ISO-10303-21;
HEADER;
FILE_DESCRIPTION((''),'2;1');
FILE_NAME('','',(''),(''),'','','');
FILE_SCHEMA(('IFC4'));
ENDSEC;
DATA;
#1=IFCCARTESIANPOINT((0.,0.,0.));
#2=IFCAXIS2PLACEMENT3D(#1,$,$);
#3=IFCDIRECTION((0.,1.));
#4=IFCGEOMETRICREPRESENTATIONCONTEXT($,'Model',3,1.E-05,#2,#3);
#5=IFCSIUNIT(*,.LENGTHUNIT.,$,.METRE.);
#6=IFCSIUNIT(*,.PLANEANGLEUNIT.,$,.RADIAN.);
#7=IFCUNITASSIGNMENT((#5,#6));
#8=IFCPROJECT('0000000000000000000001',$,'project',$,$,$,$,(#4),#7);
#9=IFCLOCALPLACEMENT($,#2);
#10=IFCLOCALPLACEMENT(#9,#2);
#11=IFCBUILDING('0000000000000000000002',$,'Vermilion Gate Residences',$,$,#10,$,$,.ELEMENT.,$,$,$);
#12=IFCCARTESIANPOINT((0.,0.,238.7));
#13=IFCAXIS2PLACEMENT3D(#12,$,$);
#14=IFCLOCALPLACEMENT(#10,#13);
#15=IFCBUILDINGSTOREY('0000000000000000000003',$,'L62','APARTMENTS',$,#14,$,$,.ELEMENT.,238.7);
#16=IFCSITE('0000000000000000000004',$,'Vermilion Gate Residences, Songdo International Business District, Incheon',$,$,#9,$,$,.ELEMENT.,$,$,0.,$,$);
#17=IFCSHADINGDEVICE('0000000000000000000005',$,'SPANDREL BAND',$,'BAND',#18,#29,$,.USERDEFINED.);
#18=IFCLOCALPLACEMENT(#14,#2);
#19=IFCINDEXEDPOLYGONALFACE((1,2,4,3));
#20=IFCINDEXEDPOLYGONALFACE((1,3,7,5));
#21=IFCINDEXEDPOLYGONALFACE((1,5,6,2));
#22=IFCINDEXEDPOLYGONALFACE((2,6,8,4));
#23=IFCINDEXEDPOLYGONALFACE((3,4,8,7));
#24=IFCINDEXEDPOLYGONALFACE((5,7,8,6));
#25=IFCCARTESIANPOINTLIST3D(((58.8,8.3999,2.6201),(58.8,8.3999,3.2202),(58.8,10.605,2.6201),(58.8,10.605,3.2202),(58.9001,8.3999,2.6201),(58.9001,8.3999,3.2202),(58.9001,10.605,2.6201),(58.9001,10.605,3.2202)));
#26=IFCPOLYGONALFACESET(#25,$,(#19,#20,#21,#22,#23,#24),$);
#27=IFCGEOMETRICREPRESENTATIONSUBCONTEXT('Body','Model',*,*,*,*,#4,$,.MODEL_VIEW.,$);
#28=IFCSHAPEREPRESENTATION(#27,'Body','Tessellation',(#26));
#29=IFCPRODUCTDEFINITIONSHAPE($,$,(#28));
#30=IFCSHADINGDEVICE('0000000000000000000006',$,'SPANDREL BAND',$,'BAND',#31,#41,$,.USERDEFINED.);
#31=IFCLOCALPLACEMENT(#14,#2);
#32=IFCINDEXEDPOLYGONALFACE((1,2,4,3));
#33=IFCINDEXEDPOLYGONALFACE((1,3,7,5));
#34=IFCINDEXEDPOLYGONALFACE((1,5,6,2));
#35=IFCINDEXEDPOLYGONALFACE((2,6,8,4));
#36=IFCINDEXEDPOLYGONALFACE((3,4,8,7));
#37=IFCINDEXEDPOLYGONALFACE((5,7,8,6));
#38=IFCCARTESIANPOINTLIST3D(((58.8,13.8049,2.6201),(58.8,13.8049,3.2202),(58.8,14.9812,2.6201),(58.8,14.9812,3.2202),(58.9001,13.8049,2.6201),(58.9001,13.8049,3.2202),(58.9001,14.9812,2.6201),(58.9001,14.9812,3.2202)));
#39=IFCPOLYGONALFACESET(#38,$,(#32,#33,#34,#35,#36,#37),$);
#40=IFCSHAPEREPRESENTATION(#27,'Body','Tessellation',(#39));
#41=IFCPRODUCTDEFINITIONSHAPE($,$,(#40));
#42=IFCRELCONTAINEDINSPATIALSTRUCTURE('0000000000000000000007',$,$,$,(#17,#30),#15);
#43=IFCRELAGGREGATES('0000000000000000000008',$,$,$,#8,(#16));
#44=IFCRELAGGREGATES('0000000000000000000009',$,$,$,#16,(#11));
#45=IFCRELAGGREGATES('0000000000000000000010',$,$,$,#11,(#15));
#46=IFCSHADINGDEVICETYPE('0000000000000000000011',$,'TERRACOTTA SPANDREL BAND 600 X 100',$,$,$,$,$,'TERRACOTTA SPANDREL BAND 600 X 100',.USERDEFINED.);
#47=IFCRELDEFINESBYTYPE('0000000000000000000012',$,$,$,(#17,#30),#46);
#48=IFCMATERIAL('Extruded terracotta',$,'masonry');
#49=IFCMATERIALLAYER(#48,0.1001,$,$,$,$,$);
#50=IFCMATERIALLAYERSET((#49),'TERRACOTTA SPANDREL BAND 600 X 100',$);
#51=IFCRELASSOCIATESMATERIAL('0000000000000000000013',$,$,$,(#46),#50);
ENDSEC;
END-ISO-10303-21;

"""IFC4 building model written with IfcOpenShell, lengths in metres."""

from ifc_helpers import new_model, si_unit, direction, frame, origin, origin_2d, place, context, subcontext, project, spatial, rectangle, extrude, material, layer, layer_set, type_object, element, save


model = new_model("IFC4")

# Units and contexts
model_context = context("Model", 3, precision=1e-05, world=origin(), true_north=direction((0.0, 1.0)))
body_context = subcontext(model_context, "Body", "Model", "MODEL_VIEW")
ifc_project = project(units=[si_unit("LENGTHUNIT", "METRE"), si_unit("PLANEANGLEUNIT", "RADIAN")], contexts=[model_context])

# Site, building, storey
site_placement = place(None, origin())
site = spatial("IfcSite", under=ifc_project, at=site_placement, Name="Vermilion Gate Residences, Songdo International Business District, Incheon", CompositionType="ELEMENT", RefElevation=0.0)
building_placement = place(site_placement, origin())
building = spatial("IfcBuilding", under=site, at=building_placement, Name="Vermilion Gate Residences", CompositionType="ELEMENT")
storey_placement = place(building_placement, frame((0.0, 0.0, 238.7)))
storey = spatial("IfcBuildingStorey", under=building, at=storey_placement, Name="L62", Description="APARTMENTS", CompositionType="ELEMENT", Elevation=238.7)

# Shading devices
ifc_material_1 = material(Name="Extruded terracotta", Category="masonry")
ifc_layer_1 = layer(ifc_material_1, 0.1001)
ifc_layer_set_1 = layer_set([ifc_layer_1], Name="TERRACOTTA SPANDREL BAND 600 X 100")
shading_device_type = type_object("IfcShadingDeviceType", Name="TERRACOTTA SPANDREL BAND 600 X 100", ElementType="TERRACOTTA SPANDREL BAND 600 X 100", PredefinedType="USERDEFINED", material=ifc_layer_set_1)
shading_device_1_placement = place(storey_placement, frame((58.8501, 9.5024, 2.6201), z_axis=(0.0, 0.0, 1.0), x_axis=(0.0, 1.0, 0.0)))
element("IfcShadingDevice", 1, at=shading_device_1_placement, inside=storey, type_object=shading_device_type, Name="SPANDREL BAND", ObjectType="BAND", PredefinedType="USERDEFINED", context=body_context, shape_type="SweptSolid", body=[
    extrude(rectangle(XDim=2.2051, YDim=0.1001, at=origin_2d()), origin(), (0.0, 0.0, 1.0), 0.6001),
])
shading_device_2_placement = place(storey_placement, frame((58.8501, 14.3931, 2.6201), z_axis=(0.0, 0.0, 1.0), x_axis=(0.0, 1.0, 0.0)))
element("IfcShadingDevice", 2, at=shading_device_2_placement, inside=storey, type_object=shading_device_type, Name="SPANDREL BAND", ObjectType="BAND", PredefinedType="USERDEFINED", context=body_context, shape_type="SweptSolid", body=[
    extrude(rectangle(XDim=1.1763, YDim=0.1001, at=origin_2d()), origin(), (0.0, 0.0, 1.0), 0.6001),
])

save(model, "model.ifc")
